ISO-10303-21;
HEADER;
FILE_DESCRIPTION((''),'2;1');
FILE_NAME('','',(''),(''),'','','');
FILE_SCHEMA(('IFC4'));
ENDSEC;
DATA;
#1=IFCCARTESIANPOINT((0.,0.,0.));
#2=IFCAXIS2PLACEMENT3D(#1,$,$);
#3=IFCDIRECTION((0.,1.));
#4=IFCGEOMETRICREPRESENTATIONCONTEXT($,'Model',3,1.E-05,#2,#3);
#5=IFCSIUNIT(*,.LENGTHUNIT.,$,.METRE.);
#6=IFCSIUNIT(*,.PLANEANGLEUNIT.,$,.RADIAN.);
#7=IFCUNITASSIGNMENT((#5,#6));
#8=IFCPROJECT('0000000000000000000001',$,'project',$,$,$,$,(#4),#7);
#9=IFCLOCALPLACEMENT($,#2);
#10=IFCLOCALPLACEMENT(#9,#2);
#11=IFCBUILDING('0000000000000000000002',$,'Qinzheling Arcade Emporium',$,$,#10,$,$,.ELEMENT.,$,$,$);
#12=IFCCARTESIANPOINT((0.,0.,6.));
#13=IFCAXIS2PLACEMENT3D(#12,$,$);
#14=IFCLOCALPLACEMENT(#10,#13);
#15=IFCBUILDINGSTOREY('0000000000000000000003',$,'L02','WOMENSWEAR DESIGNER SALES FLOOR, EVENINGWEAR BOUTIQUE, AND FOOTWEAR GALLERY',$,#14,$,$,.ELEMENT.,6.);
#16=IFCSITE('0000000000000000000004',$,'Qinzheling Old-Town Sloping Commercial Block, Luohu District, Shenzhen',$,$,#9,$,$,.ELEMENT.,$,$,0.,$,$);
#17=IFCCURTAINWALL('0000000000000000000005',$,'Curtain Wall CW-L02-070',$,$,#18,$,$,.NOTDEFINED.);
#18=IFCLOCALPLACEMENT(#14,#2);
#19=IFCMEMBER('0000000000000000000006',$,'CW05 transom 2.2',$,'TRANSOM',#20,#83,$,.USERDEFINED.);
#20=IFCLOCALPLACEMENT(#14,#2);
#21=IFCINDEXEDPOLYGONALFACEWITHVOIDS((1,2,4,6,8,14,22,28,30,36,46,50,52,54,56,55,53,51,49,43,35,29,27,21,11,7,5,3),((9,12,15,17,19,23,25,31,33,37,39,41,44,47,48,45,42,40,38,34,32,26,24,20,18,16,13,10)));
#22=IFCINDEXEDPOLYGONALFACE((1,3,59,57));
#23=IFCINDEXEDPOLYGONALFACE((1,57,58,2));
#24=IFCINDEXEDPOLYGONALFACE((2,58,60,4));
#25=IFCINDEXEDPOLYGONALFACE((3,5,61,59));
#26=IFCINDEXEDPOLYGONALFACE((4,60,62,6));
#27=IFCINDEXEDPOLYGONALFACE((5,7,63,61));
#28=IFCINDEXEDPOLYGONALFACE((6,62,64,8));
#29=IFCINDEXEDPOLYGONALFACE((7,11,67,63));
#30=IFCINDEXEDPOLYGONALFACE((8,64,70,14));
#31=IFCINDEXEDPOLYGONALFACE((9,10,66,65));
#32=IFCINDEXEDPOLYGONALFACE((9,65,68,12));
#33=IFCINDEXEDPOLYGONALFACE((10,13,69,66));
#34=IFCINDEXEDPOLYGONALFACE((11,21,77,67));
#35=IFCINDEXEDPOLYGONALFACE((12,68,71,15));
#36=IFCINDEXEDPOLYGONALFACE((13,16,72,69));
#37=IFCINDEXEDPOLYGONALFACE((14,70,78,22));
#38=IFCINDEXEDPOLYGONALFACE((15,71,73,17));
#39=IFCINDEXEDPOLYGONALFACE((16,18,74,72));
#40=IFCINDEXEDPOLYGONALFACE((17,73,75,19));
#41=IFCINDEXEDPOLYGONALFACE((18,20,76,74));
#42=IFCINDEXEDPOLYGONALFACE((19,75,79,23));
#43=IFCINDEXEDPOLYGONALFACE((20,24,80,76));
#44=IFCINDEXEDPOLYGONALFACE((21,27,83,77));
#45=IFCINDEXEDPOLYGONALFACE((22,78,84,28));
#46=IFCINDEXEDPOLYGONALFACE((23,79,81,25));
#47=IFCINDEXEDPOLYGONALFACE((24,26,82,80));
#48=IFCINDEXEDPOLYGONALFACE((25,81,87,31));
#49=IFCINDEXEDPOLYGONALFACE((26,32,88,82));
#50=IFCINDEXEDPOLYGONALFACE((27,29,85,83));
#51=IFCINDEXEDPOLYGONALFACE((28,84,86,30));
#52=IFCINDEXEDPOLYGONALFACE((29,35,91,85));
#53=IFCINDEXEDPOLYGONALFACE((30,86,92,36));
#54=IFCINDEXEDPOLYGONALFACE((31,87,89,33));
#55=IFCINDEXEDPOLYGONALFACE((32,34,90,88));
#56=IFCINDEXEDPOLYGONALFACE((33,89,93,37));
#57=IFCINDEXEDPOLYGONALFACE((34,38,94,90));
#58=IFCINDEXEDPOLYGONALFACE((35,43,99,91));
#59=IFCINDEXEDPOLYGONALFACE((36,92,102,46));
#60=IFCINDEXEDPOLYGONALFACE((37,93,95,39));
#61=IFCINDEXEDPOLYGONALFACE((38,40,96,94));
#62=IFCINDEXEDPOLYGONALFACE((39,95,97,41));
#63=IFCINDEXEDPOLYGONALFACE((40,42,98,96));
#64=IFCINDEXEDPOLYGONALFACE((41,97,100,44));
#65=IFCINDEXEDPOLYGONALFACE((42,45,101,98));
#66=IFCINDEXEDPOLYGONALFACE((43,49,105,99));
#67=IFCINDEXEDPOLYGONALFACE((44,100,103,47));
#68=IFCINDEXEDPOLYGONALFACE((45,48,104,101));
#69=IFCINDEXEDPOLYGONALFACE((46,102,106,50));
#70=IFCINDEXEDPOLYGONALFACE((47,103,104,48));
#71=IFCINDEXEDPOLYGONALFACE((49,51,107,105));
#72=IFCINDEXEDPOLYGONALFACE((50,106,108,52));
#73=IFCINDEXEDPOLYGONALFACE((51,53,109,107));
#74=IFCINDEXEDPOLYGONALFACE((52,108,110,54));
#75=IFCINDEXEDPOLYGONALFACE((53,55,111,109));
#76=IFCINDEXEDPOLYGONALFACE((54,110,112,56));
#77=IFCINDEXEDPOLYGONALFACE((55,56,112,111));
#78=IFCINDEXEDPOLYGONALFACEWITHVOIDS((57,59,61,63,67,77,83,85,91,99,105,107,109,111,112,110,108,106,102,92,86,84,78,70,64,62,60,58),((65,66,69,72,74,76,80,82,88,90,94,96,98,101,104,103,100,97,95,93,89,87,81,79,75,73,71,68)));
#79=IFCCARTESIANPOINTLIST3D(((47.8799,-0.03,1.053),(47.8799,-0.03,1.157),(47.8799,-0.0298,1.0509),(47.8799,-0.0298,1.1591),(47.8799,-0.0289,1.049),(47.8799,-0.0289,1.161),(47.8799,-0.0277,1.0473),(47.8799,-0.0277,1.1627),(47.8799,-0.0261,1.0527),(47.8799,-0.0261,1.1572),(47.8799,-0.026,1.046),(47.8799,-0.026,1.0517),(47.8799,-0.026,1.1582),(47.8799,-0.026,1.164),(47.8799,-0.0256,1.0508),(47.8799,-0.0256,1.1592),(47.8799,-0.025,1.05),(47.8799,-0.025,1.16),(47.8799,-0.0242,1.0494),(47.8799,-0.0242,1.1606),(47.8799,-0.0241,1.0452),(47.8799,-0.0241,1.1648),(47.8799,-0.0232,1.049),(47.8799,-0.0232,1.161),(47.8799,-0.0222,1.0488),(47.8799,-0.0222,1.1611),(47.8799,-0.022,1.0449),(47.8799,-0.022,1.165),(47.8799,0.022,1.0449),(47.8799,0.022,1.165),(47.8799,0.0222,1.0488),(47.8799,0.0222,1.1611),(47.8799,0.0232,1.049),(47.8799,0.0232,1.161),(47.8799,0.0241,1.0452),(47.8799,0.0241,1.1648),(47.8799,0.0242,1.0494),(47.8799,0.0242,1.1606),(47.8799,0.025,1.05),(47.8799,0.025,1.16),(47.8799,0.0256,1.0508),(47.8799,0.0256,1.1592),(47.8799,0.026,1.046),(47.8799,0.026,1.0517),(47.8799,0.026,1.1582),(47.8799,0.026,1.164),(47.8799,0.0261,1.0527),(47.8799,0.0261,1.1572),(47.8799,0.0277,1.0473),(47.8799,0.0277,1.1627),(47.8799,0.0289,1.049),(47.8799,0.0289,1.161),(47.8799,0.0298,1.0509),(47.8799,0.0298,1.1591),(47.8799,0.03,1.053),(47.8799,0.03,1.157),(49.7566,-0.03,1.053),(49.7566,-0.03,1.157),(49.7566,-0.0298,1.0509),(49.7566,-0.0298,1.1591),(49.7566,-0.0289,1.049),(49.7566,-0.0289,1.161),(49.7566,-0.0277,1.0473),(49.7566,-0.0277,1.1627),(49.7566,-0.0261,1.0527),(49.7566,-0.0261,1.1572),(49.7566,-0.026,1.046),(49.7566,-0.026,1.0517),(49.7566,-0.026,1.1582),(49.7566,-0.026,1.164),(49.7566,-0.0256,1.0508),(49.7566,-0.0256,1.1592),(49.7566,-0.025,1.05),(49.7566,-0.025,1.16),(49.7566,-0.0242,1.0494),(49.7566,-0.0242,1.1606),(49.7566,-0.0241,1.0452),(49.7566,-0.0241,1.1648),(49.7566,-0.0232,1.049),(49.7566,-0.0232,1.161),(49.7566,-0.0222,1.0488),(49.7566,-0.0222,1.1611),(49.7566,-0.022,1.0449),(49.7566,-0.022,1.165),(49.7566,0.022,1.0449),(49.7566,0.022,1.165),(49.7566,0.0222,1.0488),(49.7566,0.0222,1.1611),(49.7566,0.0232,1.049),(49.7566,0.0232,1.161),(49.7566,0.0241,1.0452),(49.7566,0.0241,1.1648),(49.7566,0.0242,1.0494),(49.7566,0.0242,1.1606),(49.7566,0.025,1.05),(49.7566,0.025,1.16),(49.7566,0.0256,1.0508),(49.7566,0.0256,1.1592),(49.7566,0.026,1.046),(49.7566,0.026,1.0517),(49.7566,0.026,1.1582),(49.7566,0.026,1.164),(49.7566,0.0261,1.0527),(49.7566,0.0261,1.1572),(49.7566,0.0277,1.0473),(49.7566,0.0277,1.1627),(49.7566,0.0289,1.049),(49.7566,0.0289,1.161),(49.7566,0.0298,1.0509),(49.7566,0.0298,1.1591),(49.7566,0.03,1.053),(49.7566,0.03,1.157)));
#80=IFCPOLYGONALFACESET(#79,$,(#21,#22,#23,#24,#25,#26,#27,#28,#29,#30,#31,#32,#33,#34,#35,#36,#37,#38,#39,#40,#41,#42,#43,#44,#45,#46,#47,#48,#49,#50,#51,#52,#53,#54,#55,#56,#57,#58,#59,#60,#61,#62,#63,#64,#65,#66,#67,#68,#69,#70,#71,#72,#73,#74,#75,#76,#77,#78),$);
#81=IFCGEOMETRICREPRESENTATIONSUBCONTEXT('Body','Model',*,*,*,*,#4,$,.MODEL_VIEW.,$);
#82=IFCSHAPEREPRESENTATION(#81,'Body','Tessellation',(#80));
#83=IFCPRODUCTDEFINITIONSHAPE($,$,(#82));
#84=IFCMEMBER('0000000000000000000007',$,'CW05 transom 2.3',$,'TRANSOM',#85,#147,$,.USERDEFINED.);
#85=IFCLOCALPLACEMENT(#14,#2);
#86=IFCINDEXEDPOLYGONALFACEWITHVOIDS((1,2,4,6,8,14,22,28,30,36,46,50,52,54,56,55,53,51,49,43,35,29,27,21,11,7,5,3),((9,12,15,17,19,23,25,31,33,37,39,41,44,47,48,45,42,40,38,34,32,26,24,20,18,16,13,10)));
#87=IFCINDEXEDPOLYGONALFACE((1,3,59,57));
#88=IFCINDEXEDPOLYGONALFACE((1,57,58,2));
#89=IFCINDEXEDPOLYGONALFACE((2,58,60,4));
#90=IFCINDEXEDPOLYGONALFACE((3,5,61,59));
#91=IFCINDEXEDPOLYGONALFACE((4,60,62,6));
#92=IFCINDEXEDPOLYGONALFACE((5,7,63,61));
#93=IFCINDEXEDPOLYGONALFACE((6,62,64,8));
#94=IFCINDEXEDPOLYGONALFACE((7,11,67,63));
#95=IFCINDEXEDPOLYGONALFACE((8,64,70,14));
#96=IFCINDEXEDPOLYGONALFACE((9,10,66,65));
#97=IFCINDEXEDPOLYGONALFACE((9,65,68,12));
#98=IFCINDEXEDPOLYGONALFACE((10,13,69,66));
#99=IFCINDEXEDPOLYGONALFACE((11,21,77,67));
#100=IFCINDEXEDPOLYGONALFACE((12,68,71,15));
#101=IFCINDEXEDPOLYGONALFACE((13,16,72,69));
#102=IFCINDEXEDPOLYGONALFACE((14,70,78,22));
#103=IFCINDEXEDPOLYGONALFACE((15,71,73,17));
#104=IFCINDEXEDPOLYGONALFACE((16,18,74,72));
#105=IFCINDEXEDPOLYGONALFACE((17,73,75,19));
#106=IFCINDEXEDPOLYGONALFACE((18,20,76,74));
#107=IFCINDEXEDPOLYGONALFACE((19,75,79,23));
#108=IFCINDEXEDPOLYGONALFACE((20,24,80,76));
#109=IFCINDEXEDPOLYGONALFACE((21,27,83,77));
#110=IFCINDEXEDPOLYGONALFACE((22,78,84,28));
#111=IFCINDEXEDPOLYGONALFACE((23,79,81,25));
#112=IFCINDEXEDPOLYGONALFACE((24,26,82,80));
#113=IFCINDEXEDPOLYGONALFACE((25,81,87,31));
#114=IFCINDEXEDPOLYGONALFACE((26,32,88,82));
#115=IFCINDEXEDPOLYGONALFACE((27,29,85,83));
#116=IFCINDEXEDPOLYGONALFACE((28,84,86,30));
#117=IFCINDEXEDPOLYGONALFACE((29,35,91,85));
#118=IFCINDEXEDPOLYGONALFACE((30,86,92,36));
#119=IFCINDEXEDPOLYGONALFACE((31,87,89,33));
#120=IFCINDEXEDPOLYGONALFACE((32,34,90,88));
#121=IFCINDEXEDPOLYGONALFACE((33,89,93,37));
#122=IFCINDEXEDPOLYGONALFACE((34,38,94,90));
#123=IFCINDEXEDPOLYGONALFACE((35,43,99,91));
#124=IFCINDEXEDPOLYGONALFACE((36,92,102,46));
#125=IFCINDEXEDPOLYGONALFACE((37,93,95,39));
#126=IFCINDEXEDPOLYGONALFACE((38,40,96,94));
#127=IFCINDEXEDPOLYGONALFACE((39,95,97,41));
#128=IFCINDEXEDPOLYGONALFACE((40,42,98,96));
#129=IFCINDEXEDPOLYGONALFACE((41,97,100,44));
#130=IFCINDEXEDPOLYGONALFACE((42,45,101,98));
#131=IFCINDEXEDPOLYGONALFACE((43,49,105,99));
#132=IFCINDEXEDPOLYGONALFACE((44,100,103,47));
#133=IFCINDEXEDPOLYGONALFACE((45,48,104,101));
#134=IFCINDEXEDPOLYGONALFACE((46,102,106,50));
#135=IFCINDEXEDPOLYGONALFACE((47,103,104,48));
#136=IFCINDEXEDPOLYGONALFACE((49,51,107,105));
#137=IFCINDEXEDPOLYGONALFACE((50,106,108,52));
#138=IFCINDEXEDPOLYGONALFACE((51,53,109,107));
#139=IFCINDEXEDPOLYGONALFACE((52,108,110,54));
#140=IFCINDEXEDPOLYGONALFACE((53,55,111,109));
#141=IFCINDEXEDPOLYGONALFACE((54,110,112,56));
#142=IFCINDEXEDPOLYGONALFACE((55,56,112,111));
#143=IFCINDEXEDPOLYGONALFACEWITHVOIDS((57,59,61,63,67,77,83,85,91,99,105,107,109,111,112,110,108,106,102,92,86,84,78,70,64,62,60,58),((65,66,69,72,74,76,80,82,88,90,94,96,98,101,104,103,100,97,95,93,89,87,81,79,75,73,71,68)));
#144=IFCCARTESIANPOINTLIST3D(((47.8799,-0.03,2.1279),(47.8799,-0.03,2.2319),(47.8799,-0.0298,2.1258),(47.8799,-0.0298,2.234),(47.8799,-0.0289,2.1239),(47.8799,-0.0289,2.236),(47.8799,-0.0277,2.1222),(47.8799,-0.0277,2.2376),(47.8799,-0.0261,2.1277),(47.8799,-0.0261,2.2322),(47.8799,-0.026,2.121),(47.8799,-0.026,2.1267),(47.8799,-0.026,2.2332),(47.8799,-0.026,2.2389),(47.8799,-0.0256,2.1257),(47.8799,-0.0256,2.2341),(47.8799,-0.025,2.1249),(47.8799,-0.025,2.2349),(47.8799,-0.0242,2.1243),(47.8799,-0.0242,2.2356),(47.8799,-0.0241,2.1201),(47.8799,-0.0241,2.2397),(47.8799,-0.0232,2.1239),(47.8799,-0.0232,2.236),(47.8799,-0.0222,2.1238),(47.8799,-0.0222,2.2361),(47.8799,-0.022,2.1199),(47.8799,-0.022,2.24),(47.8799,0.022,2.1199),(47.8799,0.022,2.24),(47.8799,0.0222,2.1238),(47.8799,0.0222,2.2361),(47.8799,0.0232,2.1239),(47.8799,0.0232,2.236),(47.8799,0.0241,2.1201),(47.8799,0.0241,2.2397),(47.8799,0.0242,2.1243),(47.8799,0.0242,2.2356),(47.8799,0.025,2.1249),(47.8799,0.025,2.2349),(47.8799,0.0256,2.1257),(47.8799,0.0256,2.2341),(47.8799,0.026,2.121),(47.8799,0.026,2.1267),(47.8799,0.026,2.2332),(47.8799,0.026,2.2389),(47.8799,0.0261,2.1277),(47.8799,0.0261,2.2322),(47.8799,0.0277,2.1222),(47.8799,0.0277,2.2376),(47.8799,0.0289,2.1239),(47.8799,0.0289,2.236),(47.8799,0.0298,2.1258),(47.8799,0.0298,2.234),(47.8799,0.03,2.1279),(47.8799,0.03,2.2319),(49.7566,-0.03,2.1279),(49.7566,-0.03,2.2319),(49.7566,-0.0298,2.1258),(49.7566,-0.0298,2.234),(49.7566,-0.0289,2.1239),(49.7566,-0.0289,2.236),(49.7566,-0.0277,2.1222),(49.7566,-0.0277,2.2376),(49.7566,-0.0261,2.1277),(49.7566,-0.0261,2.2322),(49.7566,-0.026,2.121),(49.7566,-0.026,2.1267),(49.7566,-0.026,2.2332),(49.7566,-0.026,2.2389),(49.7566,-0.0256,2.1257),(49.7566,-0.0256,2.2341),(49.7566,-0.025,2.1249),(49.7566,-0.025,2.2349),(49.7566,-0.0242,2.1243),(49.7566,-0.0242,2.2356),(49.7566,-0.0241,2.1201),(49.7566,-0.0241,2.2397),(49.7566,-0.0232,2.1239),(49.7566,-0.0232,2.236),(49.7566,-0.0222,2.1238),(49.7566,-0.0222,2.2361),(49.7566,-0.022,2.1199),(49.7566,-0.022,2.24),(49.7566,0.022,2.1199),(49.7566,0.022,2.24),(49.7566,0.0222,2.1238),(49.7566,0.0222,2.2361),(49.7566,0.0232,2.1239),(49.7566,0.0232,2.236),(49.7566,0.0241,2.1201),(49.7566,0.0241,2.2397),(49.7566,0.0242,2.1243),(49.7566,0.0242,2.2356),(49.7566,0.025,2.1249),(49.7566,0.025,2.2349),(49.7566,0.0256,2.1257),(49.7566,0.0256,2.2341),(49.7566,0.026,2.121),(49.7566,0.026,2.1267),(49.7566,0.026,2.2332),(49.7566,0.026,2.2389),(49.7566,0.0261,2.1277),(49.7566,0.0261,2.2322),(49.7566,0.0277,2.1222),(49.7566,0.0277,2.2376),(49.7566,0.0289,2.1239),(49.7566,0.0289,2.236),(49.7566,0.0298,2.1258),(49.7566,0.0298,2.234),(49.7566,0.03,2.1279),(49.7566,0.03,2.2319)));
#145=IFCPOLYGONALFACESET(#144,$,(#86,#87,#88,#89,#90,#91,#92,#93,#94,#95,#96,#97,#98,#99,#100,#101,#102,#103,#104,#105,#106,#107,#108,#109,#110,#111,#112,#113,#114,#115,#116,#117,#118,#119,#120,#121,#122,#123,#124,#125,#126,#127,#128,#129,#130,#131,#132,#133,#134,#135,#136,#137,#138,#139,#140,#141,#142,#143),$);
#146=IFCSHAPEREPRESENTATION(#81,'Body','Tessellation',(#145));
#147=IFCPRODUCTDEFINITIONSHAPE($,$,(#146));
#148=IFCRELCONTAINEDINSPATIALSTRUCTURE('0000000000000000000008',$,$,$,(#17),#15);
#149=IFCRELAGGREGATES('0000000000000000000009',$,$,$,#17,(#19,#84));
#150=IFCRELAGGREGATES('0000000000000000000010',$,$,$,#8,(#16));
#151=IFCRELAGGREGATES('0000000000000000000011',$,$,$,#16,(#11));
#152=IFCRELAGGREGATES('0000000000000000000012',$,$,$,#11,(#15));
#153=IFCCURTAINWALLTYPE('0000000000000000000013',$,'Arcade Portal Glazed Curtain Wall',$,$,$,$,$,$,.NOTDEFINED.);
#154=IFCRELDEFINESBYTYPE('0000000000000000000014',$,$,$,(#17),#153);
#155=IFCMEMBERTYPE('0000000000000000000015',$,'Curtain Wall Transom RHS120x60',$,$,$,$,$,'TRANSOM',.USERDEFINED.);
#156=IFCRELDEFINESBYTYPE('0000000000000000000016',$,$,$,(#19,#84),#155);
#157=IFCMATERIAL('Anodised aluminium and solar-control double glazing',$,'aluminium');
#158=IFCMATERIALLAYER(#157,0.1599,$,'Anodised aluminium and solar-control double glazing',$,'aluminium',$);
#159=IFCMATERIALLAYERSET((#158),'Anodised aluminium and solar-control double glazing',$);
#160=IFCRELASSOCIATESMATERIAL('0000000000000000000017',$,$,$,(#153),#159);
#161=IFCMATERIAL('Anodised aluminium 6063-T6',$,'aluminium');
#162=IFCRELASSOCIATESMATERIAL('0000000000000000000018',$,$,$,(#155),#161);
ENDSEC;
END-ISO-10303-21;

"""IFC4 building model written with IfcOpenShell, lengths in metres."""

from ifc_helpers import new_model, si_unit, direction, frame, origin, origin_2d, place, context, subcontext, project, spatial, hollow_rectangle, extrude, material, layer, layer_set, material_profile, profile_set, type_object, element, aggregate, save


model = new_model("IFC4")

# Units and contexts
model_context = context("Model", 3, precision=1e-05, world=origin(), true_north=direction((0.0, 1.0)))
body_context = subcontext(model_context, "Body", "Model", "MODEL_VIEW")
ifc_project = project(units=[si_unit("LENGTHUNIT", "METRE"), si_unit("PLANEANGLEUNIT", "RADIAN")], contexts=[model_context])

# Site, building, storey
site_placement = place(None, origin())
site = spatial("IfcSite", under=ifc_project, at=site_placement, Name="Qinzheling Old-Town Sloping Commercial Block, Luohu District, Shenzhen", CompositionType="ELEMENT", RefElevation=0.0)
building_placement = place(site_placement, origin())
building = spatial("IfcBuilding", under=site, at=building_placement, Name="Qinzheling Arcade Emporium", CompositionType="ELEMENT")
storey_placement = place(building_placement, frame((0.0, 0.0, 6.0)))
storey = spatial("IfcBuildingStorey", under=building, at=storey_placement, Name="L02", Description="WOMENSWEAR DESIGNER SALES FLOOR, EVENINGWEAR BOUTIQUE, AND FOOTWEAR GALLERY", CompositionType="ELEMENT", Elevation=6.0)

# Curtain wall, members
ifc_material_1 = material(Name="Anodised aluminium and solar-control double glazing", Category="aluminium")
ifc_layer_1 = layer(ifc_material_1, 0.1599, Name="Anodised aluminium and solar-control double glazing", Category="aluminium")
ifc_layer_set_1 = layer_set([ifc_layer_1], Name="Anodised aluminium and solar-control double glazing")
curtain_wall_type = type_object("IfcCurtainWallType", Name="Arcade Portal Glazed Curtain Wall", PredefinedType="NOTDEFINED", material=ifc_layer_set_1)
curtain_wall_placement = place(storey_placement, origin())
curtain_wall = element("IfcCurtainWall", 1, at=curtain_wall_placement, inside=storey, type_object=curtain_wall_type, Name="Curtain Wall CW-L02-070", PredefinedType="NOTDEFINED")
ifc_material_2 = material(Name="Anodised aluminium 6063-T6", Category="aluminium")
ifc_material_profile_1 = material_profile(ifc_material_2, hollow_rectangle(XDim=0.0601, YDim=0.1201, WallThickness=0.0039, InnerFilletRadius=0.0039, OuterFilletRadius=0.0081, at=origin_2d()), Name="RHS 120x60x4", Category="aluminium")
ifc_profile_set_1 = profile_set([ifc_material_profile_1], Name="Anodised aluminium 6063-T6")
member_type_1 = type_object("IfcMemberType", Name="Curtain Wall Transom RHS120x60", ElementType="TRANSOM", PredefinedType="USERDEFINED", material=ifc_profile_set_1)
member_1_placement = place(storey_placement, frame((49.7566, 0.0, 1.105), z_axis=(-1.0, 0.0, 0.0), x_axis=(0.0, -1.0, 0.0)))
member_1 = element("IfcMember", 2, at=member_1_placement, type_object=member_type_1, Name="CW05 transom 2.2", ObjectType="TRANSOM", PredefinedType="USERDEFINED", context=body_context, shape_type="SweptSolid", body=[
    extrude(hollow_rectangle(XDim=0.0601, YDim=0.1201, WallThickness=0.0039, InnerFilletRadius=0.0039, OuterFilletRadius=0.0081, at=origin_2d()), origin(), (0.0, 0.0, 1.0), 1.8767),
])
member_2_placement = place(storey_placement, frame((49.7566, 0.0, 2.1799), z_axis=(-1.0, 0.0, 0.0), x_axis=(0.0, -1.0, 0.0)))
member_2 = element("IfcMember", 3, at=member_2_placement, type_object=member_type_1, Name="CW05 transom 2.3", ObjectType="TRANSOM", PredefinedType="USERDEFINED", context=body_context, shape_type="SweptSolid", body=[
    extrude(hollow_rectangle(XDim=0.0601, YDim=0.1201, WallThickness=0.0039, InnerFilletRadius=0.0039, OuterFilletRadius=0.0081, at=origin_2d()), origin(), (0.0, 0.0, 1.0), 1.8767),
])
aggregate(curtain_wall, [member_1, member_2])

save(model, "model.ifc")
